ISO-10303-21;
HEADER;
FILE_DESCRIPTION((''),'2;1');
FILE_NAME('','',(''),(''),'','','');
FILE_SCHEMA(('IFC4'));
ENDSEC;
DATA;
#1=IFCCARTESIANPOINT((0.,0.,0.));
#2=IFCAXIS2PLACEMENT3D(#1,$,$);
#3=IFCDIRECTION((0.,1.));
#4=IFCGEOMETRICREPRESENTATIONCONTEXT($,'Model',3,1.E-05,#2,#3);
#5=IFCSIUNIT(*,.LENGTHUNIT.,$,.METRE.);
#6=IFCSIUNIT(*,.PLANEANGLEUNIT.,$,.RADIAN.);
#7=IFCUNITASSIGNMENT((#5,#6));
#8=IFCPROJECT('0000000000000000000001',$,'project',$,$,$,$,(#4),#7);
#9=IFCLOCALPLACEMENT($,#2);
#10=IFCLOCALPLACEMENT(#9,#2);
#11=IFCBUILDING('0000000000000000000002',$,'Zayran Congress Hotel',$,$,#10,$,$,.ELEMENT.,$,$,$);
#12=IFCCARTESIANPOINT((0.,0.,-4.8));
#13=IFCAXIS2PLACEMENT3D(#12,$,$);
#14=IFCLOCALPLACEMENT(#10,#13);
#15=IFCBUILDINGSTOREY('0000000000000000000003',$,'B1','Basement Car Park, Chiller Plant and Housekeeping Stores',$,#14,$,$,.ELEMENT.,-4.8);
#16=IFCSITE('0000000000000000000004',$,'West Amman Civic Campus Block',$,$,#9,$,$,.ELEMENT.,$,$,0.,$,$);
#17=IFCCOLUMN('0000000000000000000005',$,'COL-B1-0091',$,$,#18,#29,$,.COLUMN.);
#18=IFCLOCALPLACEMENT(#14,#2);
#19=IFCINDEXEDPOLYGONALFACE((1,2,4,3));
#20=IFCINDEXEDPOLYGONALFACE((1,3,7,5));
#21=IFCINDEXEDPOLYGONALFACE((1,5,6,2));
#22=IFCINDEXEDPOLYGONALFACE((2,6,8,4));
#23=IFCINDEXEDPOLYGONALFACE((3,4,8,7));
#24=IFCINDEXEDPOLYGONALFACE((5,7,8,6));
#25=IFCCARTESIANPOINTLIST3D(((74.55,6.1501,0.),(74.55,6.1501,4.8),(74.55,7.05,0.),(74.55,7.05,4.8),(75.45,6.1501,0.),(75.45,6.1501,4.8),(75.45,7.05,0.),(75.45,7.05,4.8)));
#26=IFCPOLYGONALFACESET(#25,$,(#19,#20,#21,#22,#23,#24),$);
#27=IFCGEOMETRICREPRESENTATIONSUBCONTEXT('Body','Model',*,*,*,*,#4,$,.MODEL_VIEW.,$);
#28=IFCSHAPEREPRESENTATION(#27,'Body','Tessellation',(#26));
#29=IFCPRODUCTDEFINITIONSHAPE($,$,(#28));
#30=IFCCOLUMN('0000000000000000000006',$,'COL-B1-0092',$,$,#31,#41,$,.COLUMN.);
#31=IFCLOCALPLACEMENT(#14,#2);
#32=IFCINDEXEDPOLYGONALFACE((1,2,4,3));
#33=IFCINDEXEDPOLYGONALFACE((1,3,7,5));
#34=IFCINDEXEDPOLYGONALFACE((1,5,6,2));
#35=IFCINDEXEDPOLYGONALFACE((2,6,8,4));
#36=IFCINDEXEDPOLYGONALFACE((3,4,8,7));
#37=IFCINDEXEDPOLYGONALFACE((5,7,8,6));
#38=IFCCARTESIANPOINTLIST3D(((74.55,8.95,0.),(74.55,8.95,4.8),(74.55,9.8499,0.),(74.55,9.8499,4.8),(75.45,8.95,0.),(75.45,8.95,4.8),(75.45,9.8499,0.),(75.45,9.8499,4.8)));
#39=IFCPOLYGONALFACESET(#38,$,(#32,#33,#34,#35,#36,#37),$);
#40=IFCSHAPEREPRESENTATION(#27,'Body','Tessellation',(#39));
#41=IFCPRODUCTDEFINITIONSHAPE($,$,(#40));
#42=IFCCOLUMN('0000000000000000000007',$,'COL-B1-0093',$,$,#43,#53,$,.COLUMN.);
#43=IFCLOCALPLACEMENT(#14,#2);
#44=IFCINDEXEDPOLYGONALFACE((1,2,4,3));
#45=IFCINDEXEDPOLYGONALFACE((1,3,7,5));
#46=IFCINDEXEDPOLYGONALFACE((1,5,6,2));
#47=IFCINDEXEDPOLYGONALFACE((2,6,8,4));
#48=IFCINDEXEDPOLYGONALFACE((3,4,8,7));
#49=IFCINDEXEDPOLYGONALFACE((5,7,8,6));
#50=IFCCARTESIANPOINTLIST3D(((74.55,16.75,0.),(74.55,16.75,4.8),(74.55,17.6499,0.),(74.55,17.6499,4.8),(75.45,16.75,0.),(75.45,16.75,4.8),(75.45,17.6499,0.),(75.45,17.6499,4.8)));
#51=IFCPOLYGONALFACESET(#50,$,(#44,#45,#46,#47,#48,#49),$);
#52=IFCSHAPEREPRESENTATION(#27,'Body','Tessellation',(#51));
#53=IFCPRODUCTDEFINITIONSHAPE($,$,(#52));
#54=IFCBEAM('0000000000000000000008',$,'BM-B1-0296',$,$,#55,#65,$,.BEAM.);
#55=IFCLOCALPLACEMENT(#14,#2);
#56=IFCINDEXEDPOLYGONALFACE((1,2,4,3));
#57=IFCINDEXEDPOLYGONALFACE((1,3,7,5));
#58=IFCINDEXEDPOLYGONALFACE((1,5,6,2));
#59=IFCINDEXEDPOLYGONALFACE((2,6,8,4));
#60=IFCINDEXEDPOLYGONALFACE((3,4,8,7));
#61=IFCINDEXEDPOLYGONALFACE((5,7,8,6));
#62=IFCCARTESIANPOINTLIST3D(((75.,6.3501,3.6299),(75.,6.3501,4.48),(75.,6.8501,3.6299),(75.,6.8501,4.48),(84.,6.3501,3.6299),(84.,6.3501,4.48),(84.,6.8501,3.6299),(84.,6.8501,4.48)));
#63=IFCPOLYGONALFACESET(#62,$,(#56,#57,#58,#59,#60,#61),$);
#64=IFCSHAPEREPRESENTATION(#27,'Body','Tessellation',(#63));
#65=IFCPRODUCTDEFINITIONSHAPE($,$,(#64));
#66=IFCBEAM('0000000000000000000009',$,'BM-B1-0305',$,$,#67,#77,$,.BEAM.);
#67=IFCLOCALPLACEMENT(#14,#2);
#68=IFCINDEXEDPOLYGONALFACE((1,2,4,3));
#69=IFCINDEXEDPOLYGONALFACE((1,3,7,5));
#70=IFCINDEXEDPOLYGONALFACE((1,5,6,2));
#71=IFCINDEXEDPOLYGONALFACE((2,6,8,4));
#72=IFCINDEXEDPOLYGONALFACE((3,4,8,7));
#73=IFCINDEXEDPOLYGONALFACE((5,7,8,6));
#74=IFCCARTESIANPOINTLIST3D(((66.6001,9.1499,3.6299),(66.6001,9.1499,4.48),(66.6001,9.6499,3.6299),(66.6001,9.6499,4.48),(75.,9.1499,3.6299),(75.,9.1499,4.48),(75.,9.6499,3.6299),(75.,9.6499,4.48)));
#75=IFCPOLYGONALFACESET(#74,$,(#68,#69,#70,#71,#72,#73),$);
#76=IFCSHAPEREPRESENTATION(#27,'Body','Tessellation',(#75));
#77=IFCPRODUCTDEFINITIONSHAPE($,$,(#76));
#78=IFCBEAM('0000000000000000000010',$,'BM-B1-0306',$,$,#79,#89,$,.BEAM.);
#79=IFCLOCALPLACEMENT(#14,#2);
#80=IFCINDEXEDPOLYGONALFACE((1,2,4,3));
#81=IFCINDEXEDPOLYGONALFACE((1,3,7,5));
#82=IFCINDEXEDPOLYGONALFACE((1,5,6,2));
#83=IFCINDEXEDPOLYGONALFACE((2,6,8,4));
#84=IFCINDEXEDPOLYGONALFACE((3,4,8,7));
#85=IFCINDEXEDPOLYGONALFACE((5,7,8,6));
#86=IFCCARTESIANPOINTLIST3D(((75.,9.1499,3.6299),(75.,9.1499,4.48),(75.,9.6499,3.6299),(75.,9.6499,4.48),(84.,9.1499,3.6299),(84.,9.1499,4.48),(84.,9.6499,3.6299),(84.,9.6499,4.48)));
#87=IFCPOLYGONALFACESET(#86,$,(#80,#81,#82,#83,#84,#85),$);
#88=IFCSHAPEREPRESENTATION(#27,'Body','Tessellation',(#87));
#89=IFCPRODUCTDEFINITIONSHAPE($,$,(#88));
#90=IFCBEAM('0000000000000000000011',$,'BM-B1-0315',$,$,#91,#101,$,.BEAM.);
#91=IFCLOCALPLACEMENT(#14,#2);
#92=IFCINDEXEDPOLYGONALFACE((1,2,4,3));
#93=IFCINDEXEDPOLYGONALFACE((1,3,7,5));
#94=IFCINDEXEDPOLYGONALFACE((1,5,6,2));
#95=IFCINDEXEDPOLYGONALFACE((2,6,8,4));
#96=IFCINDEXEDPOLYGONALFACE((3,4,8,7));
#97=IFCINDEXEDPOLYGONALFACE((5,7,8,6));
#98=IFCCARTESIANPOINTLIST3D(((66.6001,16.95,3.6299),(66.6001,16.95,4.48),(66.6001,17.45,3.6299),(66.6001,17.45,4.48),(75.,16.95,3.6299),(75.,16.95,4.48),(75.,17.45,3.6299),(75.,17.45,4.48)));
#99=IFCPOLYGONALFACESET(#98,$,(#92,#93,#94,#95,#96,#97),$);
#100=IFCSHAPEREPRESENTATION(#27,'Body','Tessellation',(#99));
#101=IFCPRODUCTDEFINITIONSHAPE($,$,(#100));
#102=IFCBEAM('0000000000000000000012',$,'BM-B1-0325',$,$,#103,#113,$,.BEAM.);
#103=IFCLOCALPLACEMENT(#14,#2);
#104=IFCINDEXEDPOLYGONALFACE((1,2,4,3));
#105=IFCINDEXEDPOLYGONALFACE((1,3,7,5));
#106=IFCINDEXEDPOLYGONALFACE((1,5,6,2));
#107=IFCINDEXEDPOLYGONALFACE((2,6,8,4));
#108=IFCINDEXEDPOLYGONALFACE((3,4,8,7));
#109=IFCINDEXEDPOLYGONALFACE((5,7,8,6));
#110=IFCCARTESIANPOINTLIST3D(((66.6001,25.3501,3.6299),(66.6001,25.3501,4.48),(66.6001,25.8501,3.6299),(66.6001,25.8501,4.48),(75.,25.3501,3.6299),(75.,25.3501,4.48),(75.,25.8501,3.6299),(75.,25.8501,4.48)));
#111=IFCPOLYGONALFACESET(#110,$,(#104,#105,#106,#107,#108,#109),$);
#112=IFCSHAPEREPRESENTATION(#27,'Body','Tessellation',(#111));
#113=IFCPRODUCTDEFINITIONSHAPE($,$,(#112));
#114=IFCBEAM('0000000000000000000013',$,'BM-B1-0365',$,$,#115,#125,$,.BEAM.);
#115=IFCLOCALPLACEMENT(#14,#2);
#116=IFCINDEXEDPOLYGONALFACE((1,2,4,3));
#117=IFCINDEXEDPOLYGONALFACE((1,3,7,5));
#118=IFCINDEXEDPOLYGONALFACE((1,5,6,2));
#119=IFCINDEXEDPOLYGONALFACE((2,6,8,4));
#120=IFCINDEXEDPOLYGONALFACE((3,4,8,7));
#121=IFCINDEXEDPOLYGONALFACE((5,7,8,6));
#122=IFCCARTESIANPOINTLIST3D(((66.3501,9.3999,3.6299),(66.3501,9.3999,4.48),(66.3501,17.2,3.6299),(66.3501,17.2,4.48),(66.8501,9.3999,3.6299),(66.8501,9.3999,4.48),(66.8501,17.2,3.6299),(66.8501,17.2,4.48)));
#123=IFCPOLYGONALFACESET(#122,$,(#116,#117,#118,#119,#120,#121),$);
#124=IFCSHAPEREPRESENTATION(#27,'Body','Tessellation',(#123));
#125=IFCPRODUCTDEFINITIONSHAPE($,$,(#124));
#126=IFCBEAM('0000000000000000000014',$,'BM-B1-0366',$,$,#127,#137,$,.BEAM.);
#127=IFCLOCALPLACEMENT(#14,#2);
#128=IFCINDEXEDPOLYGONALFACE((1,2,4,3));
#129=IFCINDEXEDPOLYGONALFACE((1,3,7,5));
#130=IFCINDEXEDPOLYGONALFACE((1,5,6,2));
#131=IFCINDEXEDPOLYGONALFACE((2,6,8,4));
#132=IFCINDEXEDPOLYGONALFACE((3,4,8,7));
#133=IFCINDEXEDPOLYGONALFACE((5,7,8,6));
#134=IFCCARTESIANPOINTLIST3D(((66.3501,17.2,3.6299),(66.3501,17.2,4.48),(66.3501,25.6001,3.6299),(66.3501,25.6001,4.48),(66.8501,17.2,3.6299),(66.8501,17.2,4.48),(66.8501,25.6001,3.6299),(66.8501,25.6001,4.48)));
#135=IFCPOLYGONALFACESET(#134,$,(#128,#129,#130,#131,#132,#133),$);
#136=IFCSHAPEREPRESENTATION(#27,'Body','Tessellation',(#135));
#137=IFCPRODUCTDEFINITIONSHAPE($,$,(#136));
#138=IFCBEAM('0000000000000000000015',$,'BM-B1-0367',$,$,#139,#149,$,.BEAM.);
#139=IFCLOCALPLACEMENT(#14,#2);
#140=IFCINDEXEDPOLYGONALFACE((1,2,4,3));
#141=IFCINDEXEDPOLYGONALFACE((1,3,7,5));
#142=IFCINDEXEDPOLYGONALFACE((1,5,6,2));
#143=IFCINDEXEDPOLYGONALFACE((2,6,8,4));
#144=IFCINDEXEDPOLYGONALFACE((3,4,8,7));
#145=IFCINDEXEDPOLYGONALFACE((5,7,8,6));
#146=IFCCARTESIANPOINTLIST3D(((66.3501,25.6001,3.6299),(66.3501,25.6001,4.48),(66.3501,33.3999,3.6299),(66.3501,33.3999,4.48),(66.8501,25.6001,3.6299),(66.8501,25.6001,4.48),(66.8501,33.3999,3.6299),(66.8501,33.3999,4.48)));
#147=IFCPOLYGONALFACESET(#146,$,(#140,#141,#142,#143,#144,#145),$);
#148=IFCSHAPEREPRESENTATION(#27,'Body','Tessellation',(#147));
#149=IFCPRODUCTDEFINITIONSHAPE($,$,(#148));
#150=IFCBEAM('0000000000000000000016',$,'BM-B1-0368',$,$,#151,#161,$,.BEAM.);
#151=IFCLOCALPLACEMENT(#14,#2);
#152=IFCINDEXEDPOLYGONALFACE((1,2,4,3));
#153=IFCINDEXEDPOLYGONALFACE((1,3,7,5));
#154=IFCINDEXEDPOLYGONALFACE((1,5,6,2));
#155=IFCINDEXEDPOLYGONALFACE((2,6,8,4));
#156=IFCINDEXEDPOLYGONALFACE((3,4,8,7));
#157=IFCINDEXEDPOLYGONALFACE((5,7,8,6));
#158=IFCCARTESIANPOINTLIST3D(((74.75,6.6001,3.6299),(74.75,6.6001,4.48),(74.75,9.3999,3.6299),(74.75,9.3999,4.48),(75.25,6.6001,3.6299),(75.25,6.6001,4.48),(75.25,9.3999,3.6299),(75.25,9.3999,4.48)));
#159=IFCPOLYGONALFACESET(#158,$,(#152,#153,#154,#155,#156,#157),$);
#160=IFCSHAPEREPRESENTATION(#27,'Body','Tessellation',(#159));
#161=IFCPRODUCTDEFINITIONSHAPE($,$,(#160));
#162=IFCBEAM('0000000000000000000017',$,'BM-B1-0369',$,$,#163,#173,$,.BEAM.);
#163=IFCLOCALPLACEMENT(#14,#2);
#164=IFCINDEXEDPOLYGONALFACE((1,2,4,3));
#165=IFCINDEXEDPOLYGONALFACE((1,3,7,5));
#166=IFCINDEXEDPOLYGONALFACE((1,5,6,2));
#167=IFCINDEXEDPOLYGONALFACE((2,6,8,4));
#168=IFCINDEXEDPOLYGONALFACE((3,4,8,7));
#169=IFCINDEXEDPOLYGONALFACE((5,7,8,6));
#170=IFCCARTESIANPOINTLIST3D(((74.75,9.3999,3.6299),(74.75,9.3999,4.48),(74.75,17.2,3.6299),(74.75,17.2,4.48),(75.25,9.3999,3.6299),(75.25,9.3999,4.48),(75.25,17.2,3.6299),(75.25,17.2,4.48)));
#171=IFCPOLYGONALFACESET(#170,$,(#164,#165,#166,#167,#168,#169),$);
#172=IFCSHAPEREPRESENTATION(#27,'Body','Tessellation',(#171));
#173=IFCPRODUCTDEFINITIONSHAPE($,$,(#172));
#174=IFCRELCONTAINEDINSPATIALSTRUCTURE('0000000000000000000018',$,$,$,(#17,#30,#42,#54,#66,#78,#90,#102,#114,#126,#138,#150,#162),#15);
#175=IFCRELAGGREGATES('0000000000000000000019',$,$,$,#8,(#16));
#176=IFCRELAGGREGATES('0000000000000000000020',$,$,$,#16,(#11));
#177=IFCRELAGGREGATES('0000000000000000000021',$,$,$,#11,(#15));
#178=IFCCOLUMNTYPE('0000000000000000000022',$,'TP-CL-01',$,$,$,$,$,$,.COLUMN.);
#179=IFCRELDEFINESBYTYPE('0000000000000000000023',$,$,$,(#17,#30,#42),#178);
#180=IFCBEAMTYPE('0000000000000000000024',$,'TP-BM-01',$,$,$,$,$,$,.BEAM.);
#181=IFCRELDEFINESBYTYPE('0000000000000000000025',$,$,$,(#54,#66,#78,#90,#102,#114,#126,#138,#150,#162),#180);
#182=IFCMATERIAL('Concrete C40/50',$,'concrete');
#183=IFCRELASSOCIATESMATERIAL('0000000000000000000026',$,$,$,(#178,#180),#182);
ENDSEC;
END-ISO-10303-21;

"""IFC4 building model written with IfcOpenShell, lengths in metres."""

from ifc_helpers import new_model, si_unit, direction, frame, origin, origin_2d, place, context, subcontext, project, spatial, rectangle, extrude, material, material_profile, profile_set, type_object, element, save


model = new_model("IFC4")

# Units and contexts
model_context = context("Model", 3, precision=1e-05, world=origin(), true_north=direction((0.0, 1.0)))
body_context = subcontext(model_context, "Body", "Model", "MODEL_VIEW")
ifc_project = project(units=[si_unit("LENGTHUNIT", "METRE"), si_unit("PLANEANGLEUNIT", "RADIAN")], contexts=[model_context])

# Site, building, storey
site_placement = place(None, origin())
site = spatial("IfcSite", under=ifc_project, at=site_placement, Name="West Amman Civic Campus Block", CompositionType="ELEMENT", RefElevation=0.0)
building_placement = place(site_placement, origin())
building = spatial("IfcBuilding", under=site, at=building_placement, Name="Zayran Congress Hotel", CompositionType="ELEMENT")
storey_placement = place(building_placement, frame((0.0, 0.0, -4.8)))
storey = spatial("IfcBuildingStorey", under=building, at=storey_placement, Name="B1", Description="Basement Car Park, Chiller Plant and Housekeeping Stores", CompositionType="ELEMENT", Elevation=-4.8)

# Shared definitions
ifc_material = material(Name="Concrete C40/50", Category="concrete")

# Columns
ifc_material_profile_1 = material_profile(ifc_material, rectangle(XDim=0.8999, YDim=0.8999, at=origin_2d()), Name="RC 900x900")
ifc_profile_set_1 = profile_set([ifc_material_profile_1], Name="Concrete C40/50")
column_type = type_object("IfcColumnType", Name="TP-CL-01", PredefinedType="COLUMN", material=ifc_profile_set_1)
for number, where, z_axis, x_axis, name in (
    (1, (75.0, 6.6001, 0.0), (0.0, 0.0, 1.0), (1.0, 0.0, 0.0), "COL-B1-0091"),
    (2, (75.0, 9.3999, 0.0), (0.0, 0.0, 1.0), (1.0, 0.0, 0.0), "COL-B1-0092"),
    (3, (75.0, 17.2, 0.0), (0.0, 0.0, 1.0), (1.0, 0.0, 0.0), "COL-B1-0093"),
):
    element("IfcColumn", number, at=place(storey_placement, frame(where, z_axis=z_axis, x_axis=x_axis)), inside=storey, type_object=column_type, Name=name, PredefinedType="COLUMN", context=body_context, shape_type="SweptSolid", body=[
        extrude(rectangle(XDim=0.8999, YDim=0.8999, at=origin_2d()), origin(), (0.0, 0.0, 1.0), 4.8),
    ])

# Beams
ifc_material_profile_2 = material_profile(ifc_material, rectangle(XDim=0.5, YDim=0.8501, at=origin_2d()), Name="RC 500x850")
ifc_profile_set_2 = profile_set([ifc_material_profile_2], Name="Concrete C40/50")
beam_type = type_object("IfcBeamType", Name="TP-BM-01", PredefinedType="BEAM", material=ifc_profile_set_2)
beam_1_placement = place(storey_placement, frame((75.0, 6.6001, 4.0549), z_axis=(1.0, 0.0, 0.0), x_axis=(0.0, 1.0, 0.0)))
element("IfcBeam", 4, at=beam_1_placement, inside=storey, type_object=beam_type, Name="BM-B1-0296", PredefinedType="BEAM", context=body_context, shape_type="SweptSolid", body=[
    extrude(rectangle(XDim=0.5, YDim=0.8501, at=origin_2d()), origin(), (0.0, 0.0, 1.0), 9.0),
])
beam_2_placement = place(storey_placement, frame((66.6001, 9.3999, 4.0549), z_axis=(1.0, 0.0, 0.0), x_axis=(0.0, 1.0, 0.0)))
element("IfcBeam", 5, at=beam_2_placement, inside=storey, type_object=beam_type, Name="BM-B1-0305", PredefinedType="BEAM", context=body_context, shape_type="SweptSolid", body=[
    extrude(rectangle(XDim=0.5, YDim=0.8501, at=origin_2d()), origin(), (0.0, 0.0, 1.0), 8.3999),
])
beam_3_placement = place(storey_placement, frame((75.0, 9.3999, 4.0549), z_axis=(1.0, 0.0, 0.0), x_axis=(0.0, 1.0, 0.0)))
element("IfcBeam", 6, at=beam_3_placement, inside=storey, type_object=beam_type, Name="BM-B1-0306", PredefinedType="BEAM", context=body_context, shape_type="SweptSolid", body=[
    extrude(rectangle(XDim=0.5, YDim=0.8501, at=origin_2d()), origin(), (0.0, 0.0, 1.0), 9.0),
])
for number, where, z_axis, x_axis, name in (
    (7, (66.6001, 17.2, 4.0549), (1.0, 0.0, 0.0), (0.0, 1.0, 0.0), "BM-B1-0315"),
    (8, (66.6001, 25.6001, 4.0549), (1.0, 0.0, 0.0), (0.0, 1.0, 0.0), "BM-B1-0325"),
):
    element("IfcBeam", number, at=place(storey_placement, frame(where, z_axis=z_axis, x_axis=x_axis)), inside=storey, type_object=beam_type, Name=name, PredefinedType="BEAM", context=body_context, shape_type="SweptSolid", body=[
        extrude(rectangle(XDim=0.5, YDim=0.8501, at=origin_2d()), origin(), (0.0, 0.0, 1.0), 8.3999),
    ])
beam_4_placement = place(storey_placement, frame((66.6001, 9.3999, 4.0549), z_axis=(0.0, 1.0, 0.0), x_axis=(-1.0, 0.0, 0.0)))
element("IfcBeam", 9, at=beam_4_placement, inside=storey, type_object=beam_type, Name="BM-B1-0365", PredefinedType="BEAM", context=body_context, shape_type="SweptSolid", body=[
    extrude(rectangle(XDim=0.5, YDim=0.8501, at=origin_2d()), origin(), (0.0, 0.0, 1.0), 7.8),
])
beam_5_placement = place(storey_placement, frame((66.6001, 17.2, 4.0549), z_axis=(0.0, 1.0, 0.0), x_axis=(-1.0, 0.0, 0.0)))
element("IfcBeam", 10, at=beam_5_placement, inside=storey, type_object=beam_type, Name="BM-B1-0366", PredefinedType="BEAM", context=body_context, shape_type="SweptSolid", body=[
    extrude(rectangle(XDim=0.5, YDim=0.8501, at=origin_2d()), origin(), (0.0, 0.0, 1.0), 8.4001),
])
beam_6_placement = place(storey_placement, frame((66.6001, 25.6001, 4.0549), z_axis=(0.0, 1.0, 0.0), x_axis=(-1.0, 0.0, 0.0)))
element("IfcBeam", 11, at=beam_6_placement, inside=storey, type_object=beam_type, Name="BM-B1-0367", PredefinedType="BEAM", context=body_context, shape_type="SweptSolid", body=[
    extrude(rectangle(XDim=0.5, YDim=0.8501, at=origin_2d()), origin(), (0.0, 0.0, 1.0), 7.7998),
])
beam_7_placement = place(storey_placement, frame((75.0, 6.6001, 4.0549), z_axis=(0.0, 1.0, 0.0), x_axis=(-1.0, 0.0, 0.0)))
element("IfcBeam", 12, at=beam_7_placement, inside=storey, type_object=beam_type, Name="BM-B1-0368", PredefinedType="BEAM", context=body_context, shape_type="SweptSolid", body=[
    extrude(rectangle(XDim=0.5, YDim=0.8501, at=origin_2d()), origin(), (0.0, 0.0, 1.0), 2.7998),
])
beam_8_placement = place(storey_placement, frame((75.0, 9.3999, 4.0549), z_axis=(0.0, 1.0, 0.0), x_axis=(-1.0, 0.0, 0.0)))
element("IfcBeam", 13, at=beam_8_placement, inside=storey, type_object=beam_type, Name="BM-B1-0369", PredefinedType="BEAM", context=body_context, shape_type="SweptSolid", body=[
    extrude(rectangle(XDim=0.5, YDim=0.8501, at=origin_2d()), origin(), (0.0, 0.0, 1.0), 7.8),
])

save(model, "model.ifc")
